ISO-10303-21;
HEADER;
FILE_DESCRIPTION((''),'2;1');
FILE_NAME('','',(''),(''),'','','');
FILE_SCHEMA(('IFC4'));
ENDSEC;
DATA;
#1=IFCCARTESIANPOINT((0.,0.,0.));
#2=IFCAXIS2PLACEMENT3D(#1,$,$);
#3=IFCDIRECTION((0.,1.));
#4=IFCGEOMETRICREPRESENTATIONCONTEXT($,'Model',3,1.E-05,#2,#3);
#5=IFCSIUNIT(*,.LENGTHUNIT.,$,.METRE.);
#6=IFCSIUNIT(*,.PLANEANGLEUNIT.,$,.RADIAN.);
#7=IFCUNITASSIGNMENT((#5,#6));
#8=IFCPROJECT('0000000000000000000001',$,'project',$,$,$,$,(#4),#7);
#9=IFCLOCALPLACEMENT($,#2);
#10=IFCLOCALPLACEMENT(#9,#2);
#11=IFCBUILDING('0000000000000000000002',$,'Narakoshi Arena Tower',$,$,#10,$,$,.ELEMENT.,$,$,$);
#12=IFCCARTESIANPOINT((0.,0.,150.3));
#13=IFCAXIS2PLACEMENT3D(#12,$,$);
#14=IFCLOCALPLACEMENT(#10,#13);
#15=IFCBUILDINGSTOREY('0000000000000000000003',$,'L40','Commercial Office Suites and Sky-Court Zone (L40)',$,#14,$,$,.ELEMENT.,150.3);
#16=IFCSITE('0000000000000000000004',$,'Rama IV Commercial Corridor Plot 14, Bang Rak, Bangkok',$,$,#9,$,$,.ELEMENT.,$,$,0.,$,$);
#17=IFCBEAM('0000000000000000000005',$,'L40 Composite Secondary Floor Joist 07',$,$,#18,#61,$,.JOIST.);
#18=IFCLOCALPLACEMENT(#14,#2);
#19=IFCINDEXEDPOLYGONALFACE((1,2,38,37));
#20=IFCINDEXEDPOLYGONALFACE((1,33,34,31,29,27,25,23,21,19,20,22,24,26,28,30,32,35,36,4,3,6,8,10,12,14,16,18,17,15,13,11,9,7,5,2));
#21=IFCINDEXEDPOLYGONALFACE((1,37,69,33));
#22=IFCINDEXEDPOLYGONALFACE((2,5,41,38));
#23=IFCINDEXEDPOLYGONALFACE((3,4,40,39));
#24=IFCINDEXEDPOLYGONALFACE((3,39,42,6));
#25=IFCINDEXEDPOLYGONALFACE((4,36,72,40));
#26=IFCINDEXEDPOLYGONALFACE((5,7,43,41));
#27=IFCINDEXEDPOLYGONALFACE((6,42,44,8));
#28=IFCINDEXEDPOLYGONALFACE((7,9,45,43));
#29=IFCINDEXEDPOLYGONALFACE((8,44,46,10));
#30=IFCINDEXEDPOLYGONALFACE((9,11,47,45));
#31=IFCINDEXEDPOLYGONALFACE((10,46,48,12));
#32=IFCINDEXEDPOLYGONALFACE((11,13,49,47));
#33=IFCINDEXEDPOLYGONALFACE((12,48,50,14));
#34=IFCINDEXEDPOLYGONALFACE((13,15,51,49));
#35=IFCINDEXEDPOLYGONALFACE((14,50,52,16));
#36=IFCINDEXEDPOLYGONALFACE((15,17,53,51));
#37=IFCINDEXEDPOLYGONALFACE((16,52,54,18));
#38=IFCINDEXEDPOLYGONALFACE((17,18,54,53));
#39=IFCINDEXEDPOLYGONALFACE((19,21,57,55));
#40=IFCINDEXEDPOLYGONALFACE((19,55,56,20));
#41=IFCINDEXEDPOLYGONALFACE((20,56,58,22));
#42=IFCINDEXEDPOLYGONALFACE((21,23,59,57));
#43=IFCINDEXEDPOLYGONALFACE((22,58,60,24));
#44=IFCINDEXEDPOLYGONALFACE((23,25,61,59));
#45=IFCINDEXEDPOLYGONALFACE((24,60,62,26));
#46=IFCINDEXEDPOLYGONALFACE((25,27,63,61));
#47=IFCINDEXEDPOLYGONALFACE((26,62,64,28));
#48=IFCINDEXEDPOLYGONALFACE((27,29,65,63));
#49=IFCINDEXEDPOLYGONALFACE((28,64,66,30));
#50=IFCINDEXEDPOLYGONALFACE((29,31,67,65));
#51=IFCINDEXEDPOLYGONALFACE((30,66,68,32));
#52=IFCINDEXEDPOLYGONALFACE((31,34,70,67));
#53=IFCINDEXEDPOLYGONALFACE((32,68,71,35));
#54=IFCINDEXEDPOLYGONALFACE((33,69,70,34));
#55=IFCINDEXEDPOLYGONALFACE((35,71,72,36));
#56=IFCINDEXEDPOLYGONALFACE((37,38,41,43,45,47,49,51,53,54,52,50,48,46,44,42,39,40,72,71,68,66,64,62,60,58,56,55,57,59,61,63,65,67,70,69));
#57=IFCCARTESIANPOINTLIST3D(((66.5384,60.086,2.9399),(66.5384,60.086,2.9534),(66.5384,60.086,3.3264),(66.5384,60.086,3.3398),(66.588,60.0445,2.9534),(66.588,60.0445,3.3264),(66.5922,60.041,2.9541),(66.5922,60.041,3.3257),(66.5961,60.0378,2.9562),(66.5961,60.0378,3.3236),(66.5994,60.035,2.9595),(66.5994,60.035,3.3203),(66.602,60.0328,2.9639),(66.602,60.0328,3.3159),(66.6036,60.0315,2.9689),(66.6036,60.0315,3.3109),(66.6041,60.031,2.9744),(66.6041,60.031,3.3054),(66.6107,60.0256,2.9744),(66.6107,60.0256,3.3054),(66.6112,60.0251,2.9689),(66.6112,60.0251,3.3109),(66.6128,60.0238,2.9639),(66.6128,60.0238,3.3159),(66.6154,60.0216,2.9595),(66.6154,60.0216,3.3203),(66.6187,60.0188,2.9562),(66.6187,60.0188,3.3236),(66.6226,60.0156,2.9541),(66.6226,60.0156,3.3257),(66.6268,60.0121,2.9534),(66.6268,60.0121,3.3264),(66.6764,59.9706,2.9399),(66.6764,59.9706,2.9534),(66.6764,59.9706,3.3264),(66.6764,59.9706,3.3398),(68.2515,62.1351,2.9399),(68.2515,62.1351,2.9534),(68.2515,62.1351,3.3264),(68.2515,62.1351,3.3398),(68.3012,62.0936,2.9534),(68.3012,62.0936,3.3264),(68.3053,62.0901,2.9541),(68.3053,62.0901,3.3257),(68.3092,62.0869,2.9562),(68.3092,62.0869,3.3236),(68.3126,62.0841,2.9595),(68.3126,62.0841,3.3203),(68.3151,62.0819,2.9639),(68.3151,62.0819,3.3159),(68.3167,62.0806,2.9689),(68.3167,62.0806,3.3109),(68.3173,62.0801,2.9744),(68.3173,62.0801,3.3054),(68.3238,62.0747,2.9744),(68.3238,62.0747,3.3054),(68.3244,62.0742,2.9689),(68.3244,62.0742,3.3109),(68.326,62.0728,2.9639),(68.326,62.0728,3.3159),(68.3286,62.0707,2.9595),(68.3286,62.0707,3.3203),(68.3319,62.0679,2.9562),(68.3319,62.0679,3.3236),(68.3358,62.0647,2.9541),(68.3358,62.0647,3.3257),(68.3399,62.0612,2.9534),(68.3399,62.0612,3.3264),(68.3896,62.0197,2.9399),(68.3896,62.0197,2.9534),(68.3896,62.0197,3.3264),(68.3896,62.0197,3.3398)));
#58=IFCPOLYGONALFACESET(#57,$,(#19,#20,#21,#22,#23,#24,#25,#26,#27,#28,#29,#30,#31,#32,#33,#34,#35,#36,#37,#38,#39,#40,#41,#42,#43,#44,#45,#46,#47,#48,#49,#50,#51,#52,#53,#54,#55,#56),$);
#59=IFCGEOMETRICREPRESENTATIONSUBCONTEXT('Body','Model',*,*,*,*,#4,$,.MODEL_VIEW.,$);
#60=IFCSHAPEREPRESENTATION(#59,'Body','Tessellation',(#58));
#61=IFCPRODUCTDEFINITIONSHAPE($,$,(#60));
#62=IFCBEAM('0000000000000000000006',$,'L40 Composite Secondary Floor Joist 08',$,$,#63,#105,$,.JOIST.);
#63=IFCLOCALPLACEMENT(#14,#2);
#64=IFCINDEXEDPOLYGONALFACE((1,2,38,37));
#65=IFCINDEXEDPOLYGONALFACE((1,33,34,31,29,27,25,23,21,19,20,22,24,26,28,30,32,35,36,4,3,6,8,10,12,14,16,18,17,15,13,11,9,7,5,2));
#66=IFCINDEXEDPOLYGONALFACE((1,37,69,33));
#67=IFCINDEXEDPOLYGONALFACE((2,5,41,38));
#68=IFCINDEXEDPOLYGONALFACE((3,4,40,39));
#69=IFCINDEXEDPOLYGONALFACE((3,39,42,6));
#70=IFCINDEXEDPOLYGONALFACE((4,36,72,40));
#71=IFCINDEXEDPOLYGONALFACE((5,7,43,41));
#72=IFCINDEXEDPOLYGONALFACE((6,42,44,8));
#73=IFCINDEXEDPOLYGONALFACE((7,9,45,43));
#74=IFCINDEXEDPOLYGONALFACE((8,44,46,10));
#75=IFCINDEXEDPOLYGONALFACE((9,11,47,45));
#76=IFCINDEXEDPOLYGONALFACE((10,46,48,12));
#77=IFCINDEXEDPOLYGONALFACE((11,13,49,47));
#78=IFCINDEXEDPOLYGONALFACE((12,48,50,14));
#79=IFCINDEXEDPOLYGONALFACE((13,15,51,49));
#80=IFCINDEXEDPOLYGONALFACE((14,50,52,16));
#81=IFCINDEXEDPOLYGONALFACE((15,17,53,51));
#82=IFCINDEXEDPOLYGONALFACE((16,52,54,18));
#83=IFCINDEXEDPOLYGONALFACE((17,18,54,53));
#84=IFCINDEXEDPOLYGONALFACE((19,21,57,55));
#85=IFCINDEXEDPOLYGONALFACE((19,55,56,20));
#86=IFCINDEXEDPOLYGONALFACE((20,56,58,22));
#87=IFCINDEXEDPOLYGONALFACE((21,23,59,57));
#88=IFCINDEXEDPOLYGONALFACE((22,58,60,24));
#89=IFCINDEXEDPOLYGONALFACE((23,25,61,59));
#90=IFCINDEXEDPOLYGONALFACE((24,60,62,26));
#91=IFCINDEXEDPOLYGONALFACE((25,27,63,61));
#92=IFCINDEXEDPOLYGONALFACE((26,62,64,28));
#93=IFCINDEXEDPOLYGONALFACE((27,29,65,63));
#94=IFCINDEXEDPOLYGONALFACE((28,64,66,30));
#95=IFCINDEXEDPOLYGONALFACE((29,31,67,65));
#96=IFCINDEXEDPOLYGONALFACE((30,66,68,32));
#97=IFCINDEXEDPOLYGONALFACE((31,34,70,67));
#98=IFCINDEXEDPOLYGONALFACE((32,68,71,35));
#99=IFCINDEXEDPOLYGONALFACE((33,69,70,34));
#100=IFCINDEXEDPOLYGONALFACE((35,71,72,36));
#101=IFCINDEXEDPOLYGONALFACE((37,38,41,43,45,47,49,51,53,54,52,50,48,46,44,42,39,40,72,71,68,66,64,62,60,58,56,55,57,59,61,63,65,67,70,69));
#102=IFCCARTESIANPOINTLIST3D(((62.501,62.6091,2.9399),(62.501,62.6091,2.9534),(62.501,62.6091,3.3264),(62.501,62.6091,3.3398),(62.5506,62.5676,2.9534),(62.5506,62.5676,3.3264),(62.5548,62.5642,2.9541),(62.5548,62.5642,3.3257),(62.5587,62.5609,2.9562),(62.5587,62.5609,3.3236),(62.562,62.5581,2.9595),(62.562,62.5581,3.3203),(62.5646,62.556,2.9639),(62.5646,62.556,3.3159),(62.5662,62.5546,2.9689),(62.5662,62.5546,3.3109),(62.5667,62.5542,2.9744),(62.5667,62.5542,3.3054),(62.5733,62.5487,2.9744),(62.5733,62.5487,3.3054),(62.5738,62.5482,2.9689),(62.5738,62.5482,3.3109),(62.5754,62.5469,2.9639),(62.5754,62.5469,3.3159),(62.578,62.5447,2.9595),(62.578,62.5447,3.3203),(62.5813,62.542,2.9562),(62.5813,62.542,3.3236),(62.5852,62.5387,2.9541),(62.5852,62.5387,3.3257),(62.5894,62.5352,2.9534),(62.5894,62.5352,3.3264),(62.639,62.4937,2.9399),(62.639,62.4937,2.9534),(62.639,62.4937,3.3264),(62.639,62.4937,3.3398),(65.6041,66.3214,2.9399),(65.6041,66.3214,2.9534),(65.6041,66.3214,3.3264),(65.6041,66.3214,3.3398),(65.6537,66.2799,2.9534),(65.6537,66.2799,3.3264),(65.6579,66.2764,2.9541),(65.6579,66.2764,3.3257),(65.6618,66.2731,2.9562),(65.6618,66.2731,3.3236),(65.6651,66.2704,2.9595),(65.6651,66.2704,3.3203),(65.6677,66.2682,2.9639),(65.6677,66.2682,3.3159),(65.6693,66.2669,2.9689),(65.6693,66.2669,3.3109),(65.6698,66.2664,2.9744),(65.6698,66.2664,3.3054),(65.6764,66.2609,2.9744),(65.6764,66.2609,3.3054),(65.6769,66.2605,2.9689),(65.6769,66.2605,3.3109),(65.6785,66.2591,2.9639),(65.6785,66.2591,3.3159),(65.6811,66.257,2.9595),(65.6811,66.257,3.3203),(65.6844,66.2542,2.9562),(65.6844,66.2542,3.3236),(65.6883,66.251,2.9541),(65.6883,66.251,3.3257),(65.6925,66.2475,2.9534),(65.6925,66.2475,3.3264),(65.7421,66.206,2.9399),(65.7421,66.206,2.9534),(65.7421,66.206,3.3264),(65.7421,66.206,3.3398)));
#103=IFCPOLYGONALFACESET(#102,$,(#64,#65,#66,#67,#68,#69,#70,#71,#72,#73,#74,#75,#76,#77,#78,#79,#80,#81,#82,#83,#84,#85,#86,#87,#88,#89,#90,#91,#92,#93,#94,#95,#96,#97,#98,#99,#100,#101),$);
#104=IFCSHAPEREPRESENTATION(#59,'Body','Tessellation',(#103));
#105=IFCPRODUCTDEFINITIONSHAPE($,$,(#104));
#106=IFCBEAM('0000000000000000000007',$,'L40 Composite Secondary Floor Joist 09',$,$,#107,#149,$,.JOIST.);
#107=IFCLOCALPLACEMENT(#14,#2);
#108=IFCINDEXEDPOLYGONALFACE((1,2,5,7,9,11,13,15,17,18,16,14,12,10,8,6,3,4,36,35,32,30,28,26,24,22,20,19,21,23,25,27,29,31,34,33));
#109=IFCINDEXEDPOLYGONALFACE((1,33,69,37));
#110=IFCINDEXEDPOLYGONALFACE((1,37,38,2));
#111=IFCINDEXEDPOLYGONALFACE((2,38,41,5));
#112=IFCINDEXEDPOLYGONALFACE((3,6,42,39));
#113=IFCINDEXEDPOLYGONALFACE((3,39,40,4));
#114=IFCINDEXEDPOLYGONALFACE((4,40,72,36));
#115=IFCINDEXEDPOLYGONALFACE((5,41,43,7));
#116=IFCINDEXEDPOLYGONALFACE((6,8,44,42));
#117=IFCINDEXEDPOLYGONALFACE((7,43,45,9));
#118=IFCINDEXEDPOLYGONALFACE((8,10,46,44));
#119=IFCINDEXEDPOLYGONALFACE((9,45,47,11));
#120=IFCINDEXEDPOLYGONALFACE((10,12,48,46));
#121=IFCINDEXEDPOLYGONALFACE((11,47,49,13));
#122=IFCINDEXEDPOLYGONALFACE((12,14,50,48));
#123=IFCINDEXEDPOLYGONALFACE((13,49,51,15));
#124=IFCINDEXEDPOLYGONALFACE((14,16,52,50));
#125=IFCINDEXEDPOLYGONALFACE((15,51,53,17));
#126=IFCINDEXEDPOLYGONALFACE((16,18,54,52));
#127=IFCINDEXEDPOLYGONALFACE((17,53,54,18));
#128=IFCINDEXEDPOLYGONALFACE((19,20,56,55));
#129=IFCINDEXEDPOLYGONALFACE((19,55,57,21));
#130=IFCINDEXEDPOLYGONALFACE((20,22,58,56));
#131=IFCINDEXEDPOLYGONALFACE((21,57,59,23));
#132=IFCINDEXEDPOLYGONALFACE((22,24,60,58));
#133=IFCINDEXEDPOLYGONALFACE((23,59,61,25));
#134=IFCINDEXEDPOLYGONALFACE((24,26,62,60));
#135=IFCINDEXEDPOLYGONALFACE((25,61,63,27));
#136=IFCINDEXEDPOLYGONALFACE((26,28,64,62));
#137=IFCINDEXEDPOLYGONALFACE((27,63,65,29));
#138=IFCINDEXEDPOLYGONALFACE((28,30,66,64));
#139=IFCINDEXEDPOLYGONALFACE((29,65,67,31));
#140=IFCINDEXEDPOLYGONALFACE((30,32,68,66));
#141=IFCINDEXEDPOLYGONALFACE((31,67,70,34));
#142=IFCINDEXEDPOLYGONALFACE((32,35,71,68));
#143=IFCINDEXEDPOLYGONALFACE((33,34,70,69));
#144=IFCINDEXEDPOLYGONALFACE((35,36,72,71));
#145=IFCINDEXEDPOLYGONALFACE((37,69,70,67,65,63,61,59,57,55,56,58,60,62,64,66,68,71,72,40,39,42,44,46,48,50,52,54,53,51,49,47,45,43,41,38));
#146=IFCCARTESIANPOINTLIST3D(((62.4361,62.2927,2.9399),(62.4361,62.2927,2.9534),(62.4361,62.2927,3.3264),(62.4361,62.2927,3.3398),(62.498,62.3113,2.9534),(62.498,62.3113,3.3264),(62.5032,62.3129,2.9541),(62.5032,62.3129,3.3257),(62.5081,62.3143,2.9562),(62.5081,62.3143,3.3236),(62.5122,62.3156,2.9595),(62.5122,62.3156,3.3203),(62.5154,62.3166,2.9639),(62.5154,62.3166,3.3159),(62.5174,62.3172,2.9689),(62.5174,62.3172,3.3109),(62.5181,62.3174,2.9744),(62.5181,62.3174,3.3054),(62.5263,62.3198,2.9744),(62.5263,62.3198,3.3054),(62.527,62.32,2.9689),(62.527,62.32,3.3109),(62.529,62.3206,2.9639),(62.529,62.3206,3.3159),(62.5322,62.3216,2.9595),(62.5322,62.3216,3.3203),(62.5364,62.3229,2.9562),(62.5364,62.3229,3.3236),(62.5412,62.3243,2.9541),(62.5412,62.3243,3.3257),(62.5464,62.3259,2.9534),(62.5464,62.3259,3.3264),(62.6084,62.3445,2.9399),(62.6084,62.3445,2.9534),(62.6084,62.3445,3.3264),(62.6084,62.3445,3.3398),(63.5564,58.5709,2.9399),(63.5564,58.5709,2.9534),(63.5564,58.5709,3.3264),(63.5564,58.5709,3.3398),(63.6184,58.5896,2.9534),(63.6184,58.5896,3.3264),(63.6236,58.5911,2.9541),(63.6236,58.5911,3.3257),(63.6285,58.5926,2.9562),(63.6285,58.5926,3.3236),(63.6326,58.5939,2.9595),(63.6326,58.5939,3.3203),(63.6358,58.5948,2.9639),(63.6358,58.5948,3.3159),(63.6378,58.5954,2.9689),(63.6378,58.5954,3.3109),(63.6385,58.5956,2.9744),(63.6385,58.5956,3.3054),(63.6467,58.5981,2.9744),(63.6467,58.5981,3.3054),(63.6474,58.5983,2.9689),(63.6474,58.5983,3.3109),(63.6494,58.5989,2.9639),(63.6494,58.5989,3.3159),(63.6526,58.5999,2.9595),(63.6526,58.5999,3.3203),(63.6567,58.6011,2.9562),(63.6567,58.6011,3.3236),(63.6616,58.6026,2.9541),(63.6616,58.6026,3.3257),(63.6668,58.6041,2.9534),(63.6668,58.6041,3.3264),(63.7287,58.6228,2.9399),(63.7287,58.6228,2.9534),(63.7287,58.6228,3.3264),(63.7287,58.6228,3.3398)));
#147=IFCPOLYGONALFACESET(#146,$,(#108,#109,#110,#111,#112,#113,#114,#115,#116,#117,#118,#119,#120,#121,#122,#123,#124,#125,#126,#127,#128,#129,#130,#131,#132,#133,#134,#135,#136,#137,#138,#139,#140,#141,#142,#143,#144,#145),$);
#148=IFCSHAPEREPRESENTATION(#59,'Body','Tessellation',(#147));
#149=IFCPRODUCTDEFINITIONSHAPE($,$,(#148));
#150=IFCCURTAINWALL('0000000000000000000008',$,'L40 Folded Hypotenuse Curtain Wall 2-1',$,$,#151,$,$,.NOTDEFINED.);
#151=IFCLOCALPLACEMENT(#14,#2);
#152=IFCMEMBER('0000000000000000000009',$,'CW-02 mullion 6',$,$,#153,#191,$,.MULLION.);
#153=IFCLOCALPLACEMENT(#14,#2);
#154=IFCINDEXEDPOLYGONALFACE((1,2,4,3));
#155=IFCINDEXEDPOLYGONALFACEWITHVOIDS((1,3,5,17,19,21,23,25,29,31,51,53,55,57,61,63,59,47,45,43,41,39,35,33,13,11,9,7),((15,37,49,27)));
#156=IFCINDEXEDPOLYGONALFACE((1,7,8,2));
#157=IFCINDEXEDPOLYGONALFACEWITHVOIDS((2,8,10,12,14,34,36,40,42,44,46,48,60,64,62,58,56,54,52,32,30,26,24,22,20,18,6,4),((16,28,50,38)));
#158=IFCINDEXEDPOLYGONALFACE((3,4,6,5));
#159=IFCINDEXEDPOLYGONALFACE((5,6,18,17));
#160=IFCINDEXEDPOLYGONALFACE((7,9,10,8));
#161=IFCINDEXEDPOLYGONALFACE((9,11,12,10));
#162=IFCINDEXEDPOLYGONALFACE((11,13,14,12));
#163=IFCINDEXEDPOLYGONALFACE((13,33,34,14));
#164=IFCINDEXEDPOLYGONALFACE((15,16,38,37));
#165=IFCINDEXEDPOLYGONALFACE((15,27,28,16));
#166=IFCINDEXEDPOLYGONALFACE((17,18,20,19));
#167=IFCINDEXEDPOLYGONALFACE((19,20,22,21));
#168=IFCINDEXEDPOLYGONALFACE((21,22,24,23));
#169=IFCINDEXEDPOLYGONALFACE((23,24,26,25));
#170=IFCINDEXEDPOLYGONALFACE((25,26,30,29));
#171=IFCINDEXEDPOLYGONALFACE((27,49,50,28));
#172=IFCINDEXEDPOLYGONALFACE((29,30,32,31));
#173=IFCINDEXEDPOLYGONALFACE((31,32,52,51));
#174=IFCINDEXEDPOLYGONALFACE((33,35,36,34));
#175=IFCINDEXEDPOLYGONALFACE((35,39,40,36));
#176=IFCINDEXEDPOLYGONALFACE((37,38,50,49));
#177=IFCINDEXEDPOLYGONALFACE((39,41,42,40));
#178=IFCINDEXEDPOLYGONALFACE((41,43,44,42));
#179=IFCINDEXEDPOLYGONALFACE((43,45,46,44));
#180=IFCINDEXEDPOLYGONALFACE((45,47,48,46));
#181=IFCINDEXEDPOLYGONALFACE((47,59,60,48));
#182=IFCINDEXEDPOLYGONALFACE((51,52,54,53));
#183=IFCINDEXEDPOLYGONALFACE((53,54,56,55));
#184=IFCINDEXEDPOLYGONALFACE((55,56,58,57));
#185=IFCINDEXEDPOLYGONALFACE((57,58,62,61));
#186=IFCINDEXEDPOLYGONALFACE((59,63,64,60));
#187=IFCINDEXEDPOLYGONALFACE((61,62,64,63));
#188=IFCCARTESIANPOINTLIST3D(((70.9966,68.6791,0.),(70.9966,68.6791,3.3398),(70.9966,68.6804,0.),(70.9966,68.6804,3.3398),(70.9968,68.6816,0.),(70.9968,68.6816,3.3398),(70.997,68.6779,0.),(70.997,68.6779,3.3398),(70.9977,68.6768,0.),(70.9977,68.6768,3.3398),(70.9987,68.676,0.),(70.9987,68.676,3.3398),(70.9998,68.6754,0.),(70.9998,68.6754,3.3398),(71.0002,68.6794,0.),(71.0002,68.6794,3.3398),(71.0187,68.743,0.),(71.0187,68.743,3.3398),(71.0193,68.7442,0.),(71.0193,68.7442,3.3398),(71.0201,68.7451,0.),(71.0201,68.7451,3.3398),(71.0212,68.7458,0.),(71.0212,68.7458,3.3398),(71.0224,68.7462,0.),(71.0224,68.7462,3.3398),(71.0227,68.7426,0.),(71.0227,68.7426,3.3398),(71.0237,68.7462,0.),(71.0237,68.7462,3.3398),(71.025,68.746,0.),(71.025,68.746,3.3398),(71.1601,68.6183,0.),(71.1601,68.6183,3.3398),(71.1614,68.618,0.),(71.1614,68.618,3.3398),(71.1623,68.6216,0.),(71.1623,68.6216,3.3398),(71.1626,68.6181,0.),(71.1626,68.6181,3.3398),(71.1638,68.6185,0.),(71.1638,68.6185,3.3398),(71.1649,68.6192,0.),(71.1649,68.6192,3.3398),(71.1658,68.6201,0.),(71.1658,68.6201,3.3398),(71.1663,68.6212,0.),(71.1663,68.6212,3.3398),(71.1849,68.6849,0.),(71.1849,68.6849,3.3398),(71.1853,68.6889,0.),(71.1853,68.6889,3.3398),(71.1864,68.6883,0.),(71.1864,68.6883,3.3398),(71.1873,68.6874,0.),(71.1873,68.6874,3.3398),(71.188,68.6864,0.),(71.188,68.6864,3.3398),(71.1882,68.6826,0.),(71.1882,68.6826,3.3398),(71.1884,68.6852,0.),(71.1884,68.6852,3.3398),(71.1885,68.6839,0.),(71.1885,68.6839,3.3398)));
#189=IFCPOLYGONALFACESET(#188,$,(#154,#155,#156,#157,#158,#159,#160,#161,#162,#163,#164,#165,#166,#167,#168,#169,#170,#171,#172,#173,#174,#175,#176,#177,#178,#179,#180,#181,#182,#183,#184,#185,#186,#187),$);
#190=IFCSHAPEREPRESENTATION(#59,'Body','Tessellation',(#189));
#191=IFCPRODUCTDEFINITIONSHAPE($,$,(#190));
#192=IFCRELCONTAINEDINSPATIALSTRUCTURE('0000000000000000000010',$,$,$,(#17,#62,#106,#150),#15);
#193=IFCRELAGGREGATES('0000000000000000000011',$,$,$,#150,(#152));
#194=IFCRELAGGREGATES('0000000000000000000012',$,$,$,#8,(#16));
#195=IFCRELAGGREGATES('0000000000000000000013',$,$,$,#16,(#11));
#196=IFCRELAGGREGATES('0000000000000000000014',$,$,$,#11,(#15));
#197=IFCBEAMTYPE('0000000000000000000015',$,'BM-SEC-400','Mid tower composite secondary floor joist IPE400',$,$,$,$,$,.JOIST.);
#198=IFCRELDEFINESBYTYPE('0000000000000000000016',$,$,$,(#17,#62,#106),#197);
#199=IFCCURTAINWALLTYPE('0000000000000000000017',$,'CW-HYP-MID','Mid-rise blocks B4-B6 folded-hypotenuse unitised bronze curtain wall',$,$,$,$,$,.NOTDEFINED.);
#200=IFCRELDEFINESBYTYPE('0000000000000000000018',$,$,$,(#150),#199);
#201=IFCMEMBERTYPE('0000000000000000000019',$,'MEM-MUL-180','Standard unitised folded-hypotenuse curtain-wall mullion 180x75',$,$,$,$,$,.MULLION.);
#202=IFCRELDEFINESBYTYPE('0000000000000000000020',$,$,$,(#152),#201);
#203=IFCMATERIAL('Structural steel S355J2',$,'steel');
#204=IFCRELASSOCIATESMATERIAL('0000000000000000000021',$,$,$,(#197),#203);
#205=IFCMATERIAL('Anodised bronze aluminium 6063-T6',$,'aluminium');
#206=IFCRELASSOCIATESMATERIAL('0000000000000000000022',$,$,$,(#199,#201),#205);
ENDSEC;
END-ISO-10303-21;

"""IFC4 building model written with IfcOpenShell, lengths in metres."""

from ifc_helpers import new_model, si_unit, direction, frame, origin, origin_2d, place, context, subcontext, project, spatial, hollow_rectangle, i_section, extrude, material, material_profile, profile_set, type_object, element, aggregate, save


model = new_model("IFC4")

# Units and contexts
model_context = context("Model", 3, precision=1e-05, world=origin(), true_north=direction((0.0, 1.0)))
body_context = subcontext(model_context, "Body", "Model", "MODEL_VIEW")
ifc_project = project(units=[si_unit("LENGTHUNIT", "METRE"), si_unit("PLANEANGLEUNIT", "RADIAN")], contexts=[model_context])

# Site, building, storey
site_placement = place(None, origin())
site = spatial("IfcSite", under=ifc_project, at=site_placement, Name="Rama IV Commercial Corridor Plot 14, Bang Rak, Bangkok", CompositionType="ELEMENT", RefElevation=0.0)
building_placement = place(site_placement, origin())
building = spatial("IfcBuilding", under=site, at=building_placement, Name="Narakoshi Arena Tower", CompositionType="ELEMENT")
storey_placement = place(building_placement, frame((0.0, 0.0, 150.3)))
storey = spatial("IfcBuildingStorey", under=building, at=storey_placement, Name="L40", Description="Commercial Office Suites and Sky-Court Zone (L40)", CompositionType="ELEMENT", Elevation=150.3)

# Beams
ifc_material_1 = material(Name="Structural steel S355J2", Category="steel")
ifc_material_profile_1 = material_profile(ifc_material_1, i_section(OverallWidth=0.1799, OverallDepth=0.3999, WebThickness=0.0085, FlangeThickness=0.0134, FilletRadius=0.021, at=origin_2d()), Name="IPE400")
ifc_profile_set_1 = profile_set([ifc_material_profile_1], Name="Structural steel S355J2")
beam_type_1 = type_object("IfcBeamType", Name="BM-SEC-400", Description="Mid tower composite secondary floor joist IPE400", PredefinedType="JOIST", material=ifc_profile_set_1)
beam_1_placement = place(storey_placement, frame((68.3206, 62.0774, 3.1399), z_axis=(-0.641415, -0.767194, 0.0), x_axis=(0.767194, -0.641415, 0.0)))
element("IfcBeam", 1, at=beam_1_placement, inside=storey, type_object=beam_type_1, Name="L40 Composite Secondary Floor Joist 07", PredefinedType="JOIST", context=body_context, shape_type="SweptSolid", body=[
    extrude(i_section(OverallWidth=0.1799, OverallDepth=0.3999, WebThickness=0.0085, FlangeThickness=0.0134, FilletRadius=0.021, at=origin_2d()), origin(), (0.0, 0.0, 1.0), 2.6709),
])
beam_2_placement = place(storey_placement, frame((65.6731, 66.2637, 3.1399), z_axis=(-0.64135, -0.767248, 0.0), x_axis=(0.767248, -0.64135, 0.0)))
element("IfcBeam", 2, at=beam_2_placement, inside=storey, type_object=beam_type_1, Name="L40 Composite Secondary Floor Joist 08", PredefinedType="JOIST", context=body_context, shape_type="SweptSolid", body=[
    extrude(i_section(OverallWidth=0.1799, OverallDepth=0.3999, WebThickness=0.0085, FlangeThickness=0.0134, FilletRadius=0.021, at=origin_2d()), origin(), (0.0, 0.0, 1.0), 4.8384),
])
beam_3_placement = place(storey_placement, frame((62.5222, 62.3186, 3.1399), z_axis=(0.288258, -0.957553, 0.0), x_axis=(0.957553, 0.288258, 0.0)))
element("IfcBeam", 3, at=beam_3_placement, inside=storey, type_object=beam_type_1, Name="L40 Composite Secondary Floor Joist 09", PredefinedType="JOIST", context=body_context, shape_type="SweptSolid", body=[
    extrude(i_section(OverallWidth=0.1799, OverallDepth=0.3999, WebThickness=0.0085, FlangeThickness=0.0134, FilletRadius=0.021, at=origin_2d()), origin(), (0.0, 0.0, 1.0), 3.8867),
])

# Curtain wall, member
ifc_material_2 = material(Name="Anodised bronze aluminium 6063-T6", Category="aluminium")
curtain_wall_type = type_object("IfcCurtainWallType", Name="CW-HYP-MID", Description="Mid-rise blocks B4-B6 folded-hypotenuse unitised bronze curtain wall", PredefinedType="NOTDEFINED", material=ifc_material_2)
curtain_wall_1_placement = place(storey_placement, origin())
curtain_wall_1 = element("IfcCurtainWall", 4, at=curtain_wall_1_placement, inside=storey, type_object=curtain_wall_type, Name="L40 Folded Hypotenuse Curtain Wall 2-1", PredefinedType="NOTDEFINED")
ifc_material_profile_2 = material_profile(ifc_material_2, hollow_rectangle(XDim=0.075, YDim=0.1799, WallThickness=0.0039, OuterFilletRadius=0.0049, at=origin_2d()), Name="MUL180x75x4")
ifc_profile_set_2 = profile_set([ifc_material_profile_2], Name="Anodised bronze aluminium 6063-T6")
member_type_1 = type_object("IfcMemberType", Name="MEM-MUL-180", Description="Standard unitised folded-hypotenuse curtain-wall mullion 180x75", PredefinedType="MULLION", material=ifc_profile_set_2)
member_1_placement = place(storey_placement, frame((71.0925, 68.6821, 0.0), z_axis=(0.0, 0.0, 1.0), x_axis=(-0.335518, -0.942034, 0.0)))
member_1 = element("IfcMember", 5, at=member_1_placement, type_object=member_type_1, Name="CW-02 mullion 6", PredefinedType="MULLION", context=body_context, shape_type="SweptSolid", body=[
    extrude(hollow_rectangle(XDim=0.075, YDim=0.1799, WallThickness=0.0039, OuterFilletRadius=0.0049, at=origin_2d()), origin(), (0.0, 0.0, 1.0), 3.3398),
])

aggregate(curtain_wall_1, [member_1])

save(model, "model.ifc")
